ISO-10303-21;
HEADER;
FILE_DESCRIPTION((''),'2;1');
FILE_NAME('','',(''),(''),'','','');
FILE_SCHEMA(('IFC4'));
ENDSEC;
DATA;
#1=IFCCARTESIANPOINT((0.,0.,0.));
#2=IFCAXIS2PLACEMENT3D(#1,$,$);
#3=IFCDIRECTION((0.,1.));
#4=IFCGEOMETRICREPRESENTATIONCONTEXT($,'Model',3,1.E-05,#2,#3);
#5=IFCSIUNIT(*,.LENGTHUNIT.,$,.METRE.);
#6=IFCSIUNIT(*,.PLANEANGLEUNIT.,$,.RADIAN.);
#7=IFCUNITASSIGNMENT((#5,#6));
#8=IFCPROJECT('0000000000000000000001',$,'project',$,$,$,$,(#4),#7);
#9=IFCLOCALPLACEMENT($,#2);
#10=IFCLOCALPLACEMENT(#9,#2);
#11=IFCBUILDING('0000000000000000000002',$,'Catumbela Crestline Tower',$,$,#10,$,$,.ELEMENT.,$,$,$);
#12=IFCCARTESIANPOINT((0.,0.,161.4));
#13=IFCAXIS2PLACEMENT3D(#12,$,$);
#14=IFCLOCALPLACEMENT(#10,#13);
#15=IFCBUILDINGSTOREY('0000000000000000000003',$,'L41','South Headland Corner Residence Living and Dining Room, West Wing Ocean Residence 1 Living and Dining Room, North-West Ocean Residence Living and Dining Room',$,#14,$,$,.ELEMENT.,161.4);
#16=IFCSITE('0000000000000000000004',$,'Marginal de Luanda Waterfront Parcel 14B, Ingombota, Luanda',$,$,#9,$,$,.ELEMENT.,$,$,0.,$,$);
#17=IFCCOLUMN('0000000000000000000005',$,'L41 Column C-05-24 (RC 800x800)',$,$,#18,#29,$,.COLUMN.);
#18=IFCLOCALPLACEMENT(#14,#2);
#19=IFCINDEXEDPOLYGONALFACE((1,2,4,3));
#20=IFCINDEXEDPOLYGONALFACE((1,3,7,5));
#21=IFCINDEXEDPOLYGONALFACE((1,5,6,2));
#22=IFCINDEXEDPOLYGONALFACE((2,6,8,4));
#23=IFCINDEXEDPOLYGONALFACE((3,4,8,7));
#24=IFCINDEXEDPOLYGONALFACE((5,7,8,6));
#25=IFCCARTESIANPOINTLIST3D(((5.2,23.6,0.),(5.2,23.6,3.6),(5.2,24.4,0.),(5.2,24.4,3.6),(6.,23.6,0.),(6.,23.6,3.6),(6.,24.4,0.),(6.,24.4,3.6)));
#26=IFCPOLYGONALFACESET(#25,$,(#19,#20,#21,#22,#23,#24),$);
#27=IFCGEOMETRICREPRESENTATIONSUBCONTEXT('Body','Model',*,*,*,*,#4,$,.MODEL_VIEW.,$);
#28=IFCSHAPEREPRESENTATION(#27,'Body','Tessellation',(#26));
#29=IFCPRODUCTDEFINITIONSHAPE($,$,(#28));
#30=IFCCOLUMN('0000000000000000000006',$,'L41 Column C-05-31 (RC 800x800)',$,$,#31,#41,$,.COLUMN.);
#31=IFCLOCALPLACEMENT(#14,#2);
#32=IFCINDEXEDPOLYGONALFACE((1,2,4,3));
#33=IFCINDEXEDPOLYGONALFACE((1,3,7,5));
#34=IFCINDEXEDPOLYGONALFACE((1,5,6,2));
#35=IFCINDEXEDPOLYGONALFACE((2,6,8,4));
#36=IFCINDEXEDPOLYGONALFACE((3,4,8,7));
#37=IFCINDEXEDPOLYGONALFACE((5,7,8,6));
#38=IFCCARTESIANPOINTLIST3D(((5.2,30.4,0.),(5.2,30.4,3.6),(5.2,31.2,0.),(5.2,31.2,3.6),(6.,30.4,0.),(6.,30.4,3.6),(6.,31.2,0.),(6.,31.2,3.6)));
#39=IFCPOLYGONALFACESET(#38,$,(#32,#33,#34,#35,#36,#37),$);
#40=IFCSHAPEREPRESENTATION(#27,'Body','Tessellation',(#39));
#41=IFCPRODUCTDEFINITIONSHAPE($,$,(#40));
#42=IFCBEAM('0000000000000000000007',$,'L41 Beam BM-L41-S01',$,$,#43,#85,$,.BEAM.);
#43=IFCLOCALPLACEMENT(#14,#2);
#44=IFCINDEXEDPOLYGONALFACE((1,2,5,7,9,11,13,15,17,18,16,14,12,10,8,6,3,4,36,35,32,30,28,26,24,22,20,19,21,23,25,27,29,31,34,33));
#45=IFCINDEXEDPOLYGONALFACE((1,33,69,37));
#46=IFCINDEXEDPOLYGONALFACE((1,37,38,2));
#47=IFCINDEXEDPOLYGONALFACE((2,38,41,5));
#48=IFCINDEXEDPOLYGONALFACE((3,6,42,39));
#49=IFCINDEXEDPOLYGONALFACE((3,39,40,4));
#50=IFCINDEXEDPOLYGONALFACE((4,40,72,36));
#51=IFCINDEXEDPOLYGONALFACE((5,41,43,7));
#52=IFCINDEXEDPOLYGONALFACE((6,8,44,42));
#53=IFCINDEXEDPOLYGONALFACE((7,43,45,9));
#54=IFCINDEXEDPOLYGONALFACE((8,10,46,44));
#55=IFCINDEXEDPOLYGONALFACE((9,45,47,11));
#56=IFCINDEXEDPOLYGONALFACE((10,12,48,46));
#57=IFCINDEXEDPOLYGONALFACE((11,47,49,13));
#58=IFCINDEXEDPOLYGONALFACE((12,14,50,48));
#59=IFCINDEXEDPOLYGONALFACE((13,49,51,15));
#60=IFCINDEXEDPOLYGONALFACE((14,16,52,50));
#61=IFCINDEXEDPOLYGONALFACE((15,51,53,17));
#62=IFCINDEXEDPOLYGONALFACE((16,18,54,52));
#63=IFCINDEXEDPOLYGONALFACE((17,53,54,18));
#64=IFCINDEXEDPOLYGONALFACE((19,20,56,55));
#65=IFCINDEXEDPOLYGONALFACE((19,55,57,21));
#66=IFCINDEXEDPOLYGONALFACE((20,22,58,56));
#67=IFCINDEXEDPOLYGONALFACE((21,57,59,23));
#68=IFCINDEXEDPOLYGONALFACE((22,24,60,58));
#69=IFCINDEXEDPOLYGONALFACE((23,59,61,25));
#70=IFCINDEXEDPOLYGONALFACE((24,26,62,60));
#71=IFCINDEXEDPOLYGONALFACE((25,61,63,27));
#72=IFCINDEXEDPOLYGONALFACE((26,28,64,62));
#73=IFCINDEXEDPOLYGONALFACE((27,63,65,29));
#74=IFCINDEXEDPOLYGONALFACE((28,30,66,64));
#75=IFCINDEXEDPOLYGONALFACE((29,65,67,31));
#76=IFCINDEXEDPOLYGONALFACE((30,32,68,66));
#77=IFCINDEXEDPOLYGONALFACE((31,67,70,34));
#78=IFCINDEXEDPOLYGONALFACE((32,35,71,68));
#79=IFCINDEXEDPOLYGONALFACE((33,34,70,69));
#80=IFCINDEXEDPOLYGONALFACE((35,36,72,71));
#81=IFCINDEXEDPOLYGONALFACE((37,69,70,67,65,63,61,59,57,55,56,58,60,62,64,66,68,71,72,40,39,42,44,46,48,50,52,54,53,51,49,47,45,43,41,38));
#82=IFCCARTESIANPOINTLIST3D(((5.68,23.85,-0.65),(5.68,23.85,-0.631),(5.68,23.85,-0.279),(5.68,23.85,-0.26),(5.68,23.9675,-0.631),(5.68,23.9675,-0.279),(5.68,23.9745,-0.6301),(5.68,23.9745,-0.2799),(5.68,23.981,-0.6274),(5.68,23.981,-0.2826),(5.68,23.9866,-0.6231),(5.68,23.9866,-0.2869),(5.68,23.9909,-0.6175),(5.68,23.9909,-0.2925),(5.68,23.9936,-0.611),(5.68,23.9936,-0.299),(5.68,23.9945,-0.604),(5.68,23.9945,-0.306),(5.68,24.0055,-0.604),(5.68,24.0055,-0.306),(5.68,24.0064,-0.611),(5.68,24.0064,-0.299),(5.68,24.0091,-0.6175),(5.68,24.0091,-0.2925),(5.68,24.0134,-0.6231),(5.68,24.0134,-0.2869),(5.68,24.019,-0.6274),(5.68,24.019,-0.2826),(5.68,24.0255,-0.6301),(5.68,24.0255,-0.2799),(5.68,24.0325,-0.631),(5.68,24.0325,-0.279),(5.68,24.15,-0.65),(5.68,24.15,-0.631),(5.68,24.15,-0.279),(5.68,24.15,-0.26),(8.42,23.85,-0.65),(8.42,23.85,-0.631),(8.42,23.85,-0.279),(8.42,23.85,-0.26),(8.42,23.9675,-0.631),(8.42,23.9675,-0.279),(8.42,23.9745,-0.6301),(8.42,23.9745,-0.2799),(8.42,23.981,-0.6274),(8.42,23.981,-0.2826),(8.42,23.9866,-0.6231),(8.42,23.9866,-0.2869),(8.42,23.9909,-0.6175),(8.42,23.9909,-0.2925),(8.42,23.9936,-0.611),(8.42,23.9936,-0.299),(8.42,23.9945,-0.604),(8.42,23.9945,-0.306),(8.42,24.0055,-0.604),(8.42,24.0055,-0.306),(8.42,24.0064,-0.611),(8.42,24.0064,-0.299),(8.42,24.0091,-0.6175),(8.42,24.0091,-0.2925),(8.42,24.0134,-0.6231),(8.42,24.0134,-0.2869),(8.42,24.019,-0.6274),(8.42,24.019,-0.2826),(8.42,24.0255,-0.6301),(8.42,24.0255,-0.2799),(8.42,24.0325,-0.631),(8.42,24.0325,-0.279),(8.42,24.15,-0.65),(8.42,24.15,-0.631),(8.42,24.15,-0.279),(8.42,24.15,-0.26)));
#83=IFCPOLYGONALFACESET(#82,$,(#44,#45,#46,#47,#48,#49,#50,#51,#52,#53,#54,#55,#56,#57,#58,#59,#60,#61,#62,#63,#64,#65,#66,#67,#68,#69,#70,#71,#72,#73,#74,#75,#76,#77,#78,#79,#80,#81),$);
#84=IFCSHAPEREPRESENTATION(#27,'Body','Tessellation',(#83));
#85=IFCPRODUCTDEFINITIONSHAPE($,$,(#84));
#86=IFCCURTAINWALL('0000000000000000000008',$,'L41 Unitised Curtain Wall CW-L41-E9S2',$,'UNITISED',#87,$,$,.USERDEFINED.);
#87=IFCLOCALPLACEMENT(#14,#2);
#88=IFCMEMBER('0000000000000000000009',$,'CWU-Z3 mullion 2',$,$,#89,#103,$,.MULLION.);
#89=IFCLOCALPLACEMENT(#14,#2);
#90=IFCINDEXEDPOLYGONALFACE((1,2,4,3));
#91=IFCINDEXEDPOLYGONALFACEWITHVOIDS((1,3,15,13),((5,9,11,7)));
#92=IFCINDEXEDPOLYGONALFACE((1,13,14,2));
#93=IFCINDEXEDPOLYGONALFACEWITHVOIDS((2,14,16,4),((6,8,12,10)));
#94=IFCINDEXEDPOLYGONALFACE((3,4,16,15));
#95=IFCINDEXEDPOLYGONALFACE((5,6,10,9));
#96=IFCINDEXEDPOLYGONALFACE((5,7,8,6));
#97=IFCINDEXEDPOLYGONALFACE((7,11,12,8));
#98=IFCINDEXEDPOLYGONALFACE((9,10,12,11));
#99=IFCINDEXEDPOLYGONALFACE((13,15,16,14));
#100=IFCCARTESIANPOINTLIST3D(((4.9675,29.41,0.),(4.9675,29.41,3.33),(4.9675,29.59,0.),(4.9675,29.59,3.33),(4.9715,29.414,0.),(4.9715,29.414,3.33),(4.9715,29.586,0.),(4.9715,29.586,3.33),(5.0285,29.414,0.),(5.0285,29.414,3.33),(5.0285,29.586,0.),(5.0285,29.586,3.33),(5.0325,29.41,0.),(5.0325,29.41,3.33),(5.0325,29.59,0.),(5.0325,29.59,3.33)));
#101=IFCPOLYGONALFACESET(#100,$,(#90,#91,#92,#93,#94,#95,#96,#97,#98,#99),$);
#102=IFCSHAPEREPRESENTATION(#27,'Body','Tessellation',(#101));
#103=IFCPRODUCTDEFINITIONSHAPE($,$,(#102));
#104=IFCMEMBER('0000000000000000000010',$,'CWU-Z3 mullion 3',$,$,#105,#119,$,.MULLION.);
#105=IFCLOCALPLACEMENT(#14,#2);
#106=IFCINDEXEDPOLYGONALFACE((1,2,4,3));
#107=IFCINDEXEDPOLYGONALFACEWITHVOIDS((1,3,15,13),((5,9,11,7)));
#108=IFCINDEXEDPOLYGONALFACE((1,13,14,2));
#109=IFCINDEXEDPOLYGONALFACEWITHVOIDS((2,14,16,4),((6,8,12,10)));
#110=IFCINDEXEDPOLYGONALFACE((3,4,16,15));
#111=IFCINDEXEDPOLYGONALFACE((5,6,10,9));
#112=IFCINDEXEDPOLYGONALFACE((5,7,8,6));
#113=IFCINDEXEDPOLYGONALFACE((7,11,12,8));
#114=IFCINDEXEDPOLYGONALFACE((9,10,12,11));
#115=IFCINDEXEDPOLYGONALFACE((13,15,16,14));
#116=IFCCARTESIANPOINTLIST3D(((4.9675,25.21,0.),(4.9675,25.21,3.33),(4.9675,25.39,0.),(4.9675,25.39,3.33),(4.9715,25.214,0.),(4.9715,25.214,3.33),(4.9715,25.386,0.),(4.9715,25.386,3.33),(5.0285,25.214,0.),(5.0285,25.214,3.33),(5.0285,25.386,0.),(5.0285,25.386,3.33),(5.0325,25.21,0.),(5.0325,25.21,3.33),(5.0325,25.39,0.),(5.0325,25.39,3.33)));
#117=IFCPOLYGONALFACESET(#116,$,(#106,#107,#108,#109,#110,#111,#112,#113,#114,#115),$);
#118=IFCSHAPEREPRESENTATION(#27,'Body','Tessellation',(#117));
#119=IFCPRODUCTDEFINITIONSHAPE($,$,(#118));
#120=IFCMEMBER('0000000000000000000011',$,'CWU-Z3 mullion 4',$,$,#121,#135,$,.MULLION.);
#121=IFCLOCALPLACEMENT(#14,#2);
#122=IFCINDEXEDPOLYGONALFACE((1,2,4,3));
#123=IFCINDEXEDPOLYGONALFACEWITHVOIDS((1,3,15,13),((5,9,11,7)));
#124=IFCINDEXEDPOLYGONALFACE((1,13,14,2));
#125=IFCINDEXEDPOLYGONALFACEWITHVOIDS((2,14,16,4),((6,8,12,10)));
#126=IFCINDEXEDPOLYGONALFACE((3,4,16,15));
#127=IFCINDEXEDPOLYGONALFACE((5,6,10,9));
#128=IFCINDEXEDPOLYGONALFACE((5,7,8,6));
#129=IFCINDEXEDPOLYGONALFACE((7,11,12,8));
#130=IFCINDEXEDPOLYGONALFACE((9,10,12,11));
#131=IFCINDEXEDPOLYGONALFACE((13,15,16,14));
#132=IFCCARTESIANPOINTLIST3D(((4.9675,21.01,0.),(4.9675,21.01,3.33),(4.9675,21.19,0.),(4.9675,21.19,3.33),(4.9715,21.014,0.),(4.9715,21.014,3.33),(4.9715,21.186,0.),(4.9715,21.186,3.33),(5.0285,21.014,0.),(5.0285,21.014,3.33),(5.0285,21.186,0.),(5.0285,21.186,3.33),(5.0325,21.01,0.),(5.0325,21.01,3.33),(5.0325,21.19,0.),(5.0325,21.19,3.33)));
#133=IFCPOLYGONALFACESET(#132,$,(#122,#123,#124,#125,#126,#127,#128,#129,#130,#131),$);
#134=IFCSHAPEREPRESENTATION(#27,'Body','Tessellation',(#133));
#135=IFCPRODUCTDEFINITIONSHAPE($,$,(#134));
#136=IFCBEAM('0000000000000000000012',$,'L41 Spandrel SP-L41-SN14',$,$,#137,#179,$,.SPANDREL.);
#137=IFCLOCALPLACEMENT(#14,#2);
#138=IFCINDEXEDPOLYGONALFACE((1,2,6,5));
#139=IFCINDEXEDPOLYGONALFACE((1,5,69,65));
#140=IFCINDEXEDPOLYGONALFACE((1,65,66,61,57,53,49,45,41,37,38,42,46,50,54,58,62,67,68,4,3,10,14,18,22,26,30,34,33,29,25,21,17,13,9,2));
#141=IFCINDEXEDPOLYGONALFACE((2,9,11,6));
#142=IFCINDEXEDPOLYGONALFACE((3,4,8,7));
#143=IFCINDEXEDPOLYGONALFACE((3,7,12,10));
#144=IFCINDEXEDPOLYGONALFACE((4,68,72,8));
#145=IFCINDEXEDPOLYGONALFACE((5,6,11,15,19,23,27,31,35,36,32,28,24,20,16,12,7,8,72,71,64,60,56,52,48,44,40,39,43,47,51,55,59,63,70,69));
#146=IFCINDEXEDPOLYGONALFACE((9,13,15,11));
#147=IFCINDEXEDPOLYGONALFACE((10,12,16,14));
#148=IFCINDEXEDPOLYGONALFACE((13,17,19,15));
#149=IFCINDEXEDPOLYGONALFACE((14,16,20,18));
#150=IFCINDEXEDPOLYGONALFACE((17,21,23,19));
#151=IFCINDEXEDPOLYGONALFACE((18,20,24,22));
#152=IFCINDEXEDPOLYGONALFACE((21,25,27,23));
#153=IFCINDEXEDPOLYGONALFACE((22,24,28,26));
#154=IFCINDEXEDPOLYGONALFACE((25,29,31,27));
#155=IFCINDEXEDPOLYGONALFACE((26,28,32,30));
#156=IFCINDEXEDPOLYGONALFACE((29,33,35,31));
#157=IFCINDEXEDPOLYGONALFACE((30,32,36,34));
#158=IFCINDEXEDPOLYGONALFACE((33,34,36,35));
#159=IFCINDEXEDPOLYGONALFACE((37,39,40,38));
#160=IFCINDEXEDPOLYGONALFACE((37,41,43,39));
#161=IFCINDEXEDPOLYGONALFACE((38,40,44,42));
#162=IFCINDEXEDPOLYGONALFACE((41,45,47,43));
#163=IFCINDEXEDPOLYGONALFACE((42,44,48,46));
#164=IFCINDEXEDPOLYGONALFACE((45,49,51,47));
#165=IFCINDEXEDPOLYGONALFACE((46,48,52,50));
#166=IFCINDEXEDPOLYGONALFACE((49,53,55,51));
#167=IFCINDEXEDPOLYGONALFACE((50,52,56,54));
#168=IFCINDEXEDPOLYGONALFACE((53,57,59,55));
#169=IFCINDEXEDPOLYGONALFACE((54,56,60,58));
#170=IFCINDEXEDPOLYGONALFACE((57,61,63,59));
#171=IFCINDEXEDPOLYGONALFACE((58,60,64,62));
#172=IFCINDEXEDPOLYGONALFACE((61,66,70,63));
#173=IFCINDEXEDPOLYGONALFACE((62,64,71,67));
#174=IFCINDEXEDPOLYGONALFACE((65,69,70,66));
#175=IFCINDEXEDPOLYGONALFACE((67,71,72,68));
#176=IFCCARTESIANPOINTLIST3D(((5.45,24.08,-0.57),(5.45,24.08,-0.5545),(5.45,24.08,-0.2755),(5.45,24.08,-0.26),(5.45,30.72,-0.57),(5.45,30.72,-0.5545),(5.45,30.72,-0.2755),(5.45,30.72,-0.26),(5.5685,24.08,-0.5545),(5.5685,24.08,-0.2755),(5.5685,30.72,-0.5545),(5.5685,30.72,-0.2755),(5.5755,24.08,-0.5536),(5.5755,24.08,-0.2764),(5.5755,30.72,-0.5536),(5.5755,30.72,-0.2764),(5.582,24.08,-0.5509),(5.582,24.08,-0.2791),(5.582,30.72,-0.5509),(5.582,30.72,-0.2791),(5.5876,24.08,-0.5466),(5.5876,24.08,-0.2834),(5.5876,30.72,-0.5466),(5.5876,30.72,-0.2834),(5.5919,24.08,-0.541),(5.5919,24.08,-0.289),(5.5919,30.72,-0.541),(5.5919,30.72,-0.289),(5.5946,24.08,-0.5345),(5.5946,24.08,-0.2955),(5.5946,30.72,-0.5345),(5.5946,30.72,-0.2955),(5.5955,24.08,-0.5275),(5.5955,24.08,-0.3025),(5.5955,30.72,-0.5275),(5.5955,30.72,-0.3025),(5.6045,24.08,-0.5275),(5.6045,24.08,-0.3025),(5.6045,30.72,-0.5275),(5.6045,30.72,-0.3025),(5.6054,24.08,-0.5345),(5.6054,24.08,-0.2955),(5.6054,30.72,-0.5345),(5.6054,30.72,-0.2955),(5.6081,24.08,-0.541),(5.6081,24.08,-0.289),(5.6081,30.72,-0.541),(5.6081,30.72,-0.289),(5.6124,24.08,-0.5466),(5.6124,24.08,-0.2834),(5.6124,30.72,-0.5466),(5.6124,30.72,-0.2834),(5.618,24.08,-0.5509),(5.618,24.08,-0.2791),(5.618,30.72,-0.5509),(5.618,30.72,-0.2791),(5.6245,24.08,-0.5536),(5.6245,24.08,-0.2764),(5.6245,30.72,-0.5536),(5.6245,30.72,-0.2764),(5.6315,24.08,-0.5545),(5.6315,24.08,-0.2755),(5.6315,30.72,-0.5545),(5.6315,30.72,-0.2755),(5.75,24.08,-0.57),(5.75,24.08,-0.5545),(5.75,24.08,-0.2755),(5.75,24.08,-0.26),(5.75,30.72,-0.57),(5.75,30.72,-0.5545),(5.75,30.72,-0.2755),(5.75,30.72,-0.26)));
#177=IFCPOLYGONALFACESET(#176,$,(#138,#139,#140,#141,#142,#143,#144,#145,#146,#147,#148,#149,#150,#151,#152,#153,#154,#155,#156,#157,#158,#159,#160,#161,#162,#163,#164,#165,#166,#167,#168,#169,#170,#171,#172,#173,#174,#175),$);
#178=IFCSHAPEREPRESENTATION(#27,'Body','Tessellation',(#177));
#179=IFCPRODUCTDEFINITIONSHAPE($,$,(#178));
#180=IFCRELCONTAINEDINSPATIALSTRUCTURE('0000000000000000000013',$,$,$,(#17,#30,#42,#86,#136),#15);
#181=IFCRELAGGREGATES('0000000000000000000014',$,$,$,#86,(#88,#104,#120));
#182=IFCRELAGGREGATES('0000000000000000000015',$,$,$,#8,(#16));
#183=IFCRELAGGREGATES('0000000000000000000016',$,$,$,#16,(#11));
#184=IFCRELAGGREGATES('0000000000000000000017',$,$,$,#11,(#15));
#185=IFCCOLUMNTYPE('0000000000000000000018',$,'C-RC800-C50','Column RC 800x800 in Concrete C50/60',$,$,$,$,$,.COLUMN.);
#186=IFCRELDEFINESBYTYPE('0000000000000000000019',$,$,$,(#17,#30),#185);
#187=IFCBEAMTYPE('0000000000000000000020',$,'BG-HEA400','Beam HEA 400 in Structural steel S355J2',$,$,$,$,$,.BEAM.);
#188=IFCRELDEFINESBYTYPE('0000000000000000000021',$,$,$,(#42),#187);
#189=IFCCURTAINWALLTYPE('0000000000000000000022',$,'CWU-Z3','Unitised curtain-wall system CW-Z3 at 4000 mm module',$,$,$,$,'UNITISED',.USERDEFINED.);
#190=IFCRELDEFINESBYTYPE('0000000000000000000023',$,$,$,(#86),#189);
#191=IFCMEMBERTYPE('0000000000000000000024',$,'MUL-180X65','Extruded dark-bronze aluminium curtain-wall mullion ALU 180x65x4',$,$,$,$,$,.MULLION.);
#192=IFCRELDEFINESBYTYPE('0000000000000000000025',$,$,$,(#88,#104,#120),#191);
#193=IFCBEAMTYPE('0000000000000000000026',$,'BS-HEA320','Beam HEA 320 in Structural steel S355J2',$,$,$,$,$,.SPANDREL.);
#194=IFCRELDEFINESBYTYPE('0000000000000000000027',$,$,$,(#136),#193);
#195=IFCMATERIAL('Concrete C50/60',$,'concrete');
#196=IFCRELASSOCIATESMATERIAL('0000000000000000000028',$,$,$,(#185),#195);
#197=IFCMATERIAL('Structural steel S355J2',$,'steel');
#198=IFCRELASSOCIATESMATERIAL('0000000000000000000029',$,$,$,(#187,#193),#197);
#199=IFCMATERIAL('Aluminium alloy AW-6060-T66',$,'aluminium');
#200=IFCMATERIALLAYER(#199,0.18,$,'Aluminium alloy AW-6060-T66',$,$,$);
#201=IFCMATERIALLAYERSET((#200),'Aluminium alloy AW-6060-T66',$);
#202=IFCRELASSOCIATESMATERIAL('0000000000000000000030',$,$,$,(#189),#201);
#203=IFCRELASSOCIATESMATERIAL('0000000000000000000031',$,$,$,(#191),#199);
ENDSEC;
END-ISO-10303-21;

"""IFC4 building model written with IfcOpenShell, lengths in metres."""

from ifc_helpers import new_model, si_unit, direction, frame, origin, origin_2d, place, context, subcontext, project, spatial, rectangle, hollow_rectangle, i_section, extrude, material, layer, layer_set, material_profile, profile_set, type_object, element, aggregate, save


model = new_model("IFC4")

# Units and contexts
model_context = context("Model", 3, precision=1e-05, world=origin(), true_north=direction((0.0, 1.0)))
body_context = subcontext(model_context, "Body", "Model", "MODEL_VIEW")
ifc_project = project(units=[si_unit("LENGTHUNIT", "METRE"), si_unit("PLANEANGLEUNIT", "RADIAN")], contexts=[model_context])

# Site, building, storey
site_placement = place(None, origin())
site = spatial("IfcSite", under=ifc_project, at=site_placement, Name="Marginal de Luanda Waterfront Parcel 14B, Ingombota, Luanda", CompositionType="ELEMENT", RefElevation=0.0)
building_placement = place(site_placement, origin())
building = spatial("IfcBuilding", under=site, at=building_placement, Name="Catumbela Crestline Tower", CompositionType="ELEMENT")
storey_placement = place(building_placement, frame((0.0, 0.0, 161.4)))
storey = spatial("IfcBuildingStorey", under=building, at=storey_placement, Name="L41", Description="South Headland Corner Residence Living and Dining Room, West Wing Ocean Residence 1 Living and Dining Room, North-West Ocean Residence Living and Dining Room", CompositionType="ELEMENT", Elevation=161.4)

# Columns
ifc_material_1 = material(Name="Concrete C50/60", Category="concrete")
ifc_material_profile_1 = material_profile(ifc_material_1, rectangle(XDim=0.8, YDim=0.8, at=origin_2d()), Name="RC 800x800")
ifc_profile_set_1 = profile_set([ifc_material_profile_1], Name="Concrete C50/60")
column_type = type_object("IfcColumnType", Name="C-RC800-C50", Description="Column RC 800x800 in Concrete C50/60", PredefinedType="COLUMN", material=ifc_profile_set_1)
for number, where, z_axis, x_axis, name in (
    (1, (5.6, 24.0, 0.0), (0.0, 0.0, 1.0), (1.0, 0.0, 0.0), "L41 Column C-05-24 (RC 800x800)"),
    (2, (5.6, 30.8, 0.0), (0.0, 0.0, 1.0), (1.0, 0.0, 0.0), "L41 Column C-05-31 (RC 800x800)"),
):
    element("IfcColumn", number, at=place(storey_placement, frame(where, z_axis=z_axis, x_axis=x_axis)), inside=storey, type_object=column_type, Name=name, PredefinedType="COLUMN", context=body_context, shape_type="SweptSolid", body=[
        extrude(rectangle(XDim=0.8, YDim=0.8, at=origin_2d()), origin(), (0.0, 0.0, 1.0), 3.6),
    ])

# Beam
ifc_material_2 = material(Name="Structural steel S355J2", Category="steel")
ifc_material_profile_2 = material_profile(ifc_material_2, i_section(OverallWidth=0.3, OverallDepth=0.39, WebThickness=0.011, FlangeThickness=0.019, FilletRadius=0.027, at=origin_2d()), Name="HEA 400")
ifc_profile_set_2 = profile_set([ifc_material_profile_2], Name="Structural steel S355J2")
beam_type_1 = type_object("IfcBeamType", Name="BG-HEA400", Description="Beam HEA 400 in Structural steel S355J2", PredefinedType="BEAM", material=ifc_profile_set_2)
beam_1_placement = place(storey_placement, frame((5.68, 24.0, -0.455), z_axis=(1.0, 0.0, 0.0), x_axis=(0.0, 1.0, 0.0)))
element("IfcBeam", 3, at=beam_1_placement, inside=storey, type_object=beam_type_1, Name="L41 Beam BM-L41-S01", PredefinedType="BEAM", context=body_context, shape_type="SweptSolid", body=[
    extrude(i_section(OverallWidth=0.3, OverallDepth=0.39, WebThickness=0.011, FlangeThickness=0.019, FilletRadius=0.027, at=origin_2d()), origin(), (0.0, 0.0, 1.0), 2.74),
])

# Curtain wall, members
ifc_material_3 = material(Name="Aluminium alloy AW-6060-T66", Category="aluminium")
ifc_layer_1 = layer(ifc_material_3, 0.18, Name="Aluminium alloy AW-6060-T66")
ifc_layer_set_1 = layer_set([ifc_layer_1], Name="Aluminium alloy AW-6060-T66")
curtain_wall_type = type_object("IfcCurtainWallType", Name="CWU-Z3", Description="Unitised curtain-wall system CW-Z3 at 4000 mm module", ElementType="UNITISED", PredefinedType="USERDEFINED", material=ifc_layer_set_1)
curtain_wall_placement = place(storey_placement, origin())
curtain_wall = element("IfcCurtainWall", 4, at=curtain_wall_placement, inside=storey, type_object=curtain_wall_type, Name="L41 Unitised Curtain Wall CW-L41-E9S2", ObjectType="UNITISED", PredefinedType="USERDEFINED")
ifc_material_profile_3 = material_profile(ifc_material_3, hollow_rectangle(XDim=0.065, YDim=0.18, WallThickness=0.004, at=origin_2d()), Name="ALU 180x65x4")
ifc_profile_set_3 = profile_set([ifc_material_profile_3], Name="Aluminium alloy AW-6060-T66")
member_type_1 = type_object("IfcMemberType", Name="MUL-180X65", Description="Extruded dark-bronze aluminium curtain-wall mullion ALU 180x65x4", PredefinedType="MULLION", material=ifc_profile_set_3)
member_1_placement = place(storey_placement, frame((5.0, 29.5, 0.0), z_axis=(0.0, 0.0, 1.0), x_axis=(1.0, 0.0, 0.0)))
member_1 = element("IfcMember", 5, at=member_1_placement, type_object=member_type_1, Name="CWU-Z3 mullion 2", PredefinedType="MULLION", context=body_context, shape_type="SweptSolid", body=[
    extrude(hollow_rectangle(XDim=0.065, YDim=0.18, WallThickness=0.004, at=origin_2d()), origin(), (0.0, 0.0, 1.0), 3.33),
])
member_2_placement = place(storey_placement, frame((5.0, 25.3, 0.0), z_axis=(0.0, 0.0, 1.0), x_axis=(1.0, 0.0, 0.0)))
member_2 = element("IfcMember", 6, at=member_2_placement, type_object=member_type_1, Name="CWU-Z3 mullion 3", PredefinedType="MULLION", context=body_context, shape_type="SweptSolid", body=[
    extrude(hollow_rectangle(XDim=0.065, YDim=0.18, WallThickness=0.004, at=origin_2d()), origin(), (0.0, 0.0, 1.0), 3.33),
])
member_3_placement = place(storey_placement, frame((5.0, 21.1, 0.0), z_axis=(0.0, 0.0, 1.0), x_axis=(1.0, 0.0, 0.0)))
member_3 = element("IfcMember", 7, at=member_3_placement, type_object=member_type_1, Name="CWU-Z3 mullion 4", PredefinedType="MULLION", context=body_context, shape_type="SweptSolid", body=[
    extrude(hollow_rectangle(XDim=0.065, YDim=0.18, WallThickness=0.004, at=origin_2d()), origin(), (0.0, 0.0, 1.0), 3.33),
])

# Beam
ifc_material_profile_4 = material_profile(ifc_material_2, i_section(OverallWidth=0.3, OverallDepth=0.31, WebThickness=0.009, FlangeThickness=0.0155, FilletRadius=0.027, at=origin_2d()), Name="HEA 320")
ifc_profile_set_4 = profile_set([ifc_material_profile_4], Name="Structural steel S355J2")
beam_type_2 = type_object("IfcBeamType", Name="BS-HEA320", Description="Beam HEA 320 in Structural steel S355J2", PredefinedType="SPANDREL", material=ifc_profile_set_4)
beam_2_placement = place(storey_placement, frame((5.6, 24.08, -0.415), z_axis=(0.0, 1.0, 0.0), x_axis=(-1.0, 0.0, 0.0)))
element("IfcBeam", 8, at=beam_2_placement, inside=storey, type_object=beam_type_2, Name="L41 Spandrel SP-L41-SN14", PredefinedType="SPANDREL", context=body_context, shape_type="SweptSolid", body=[
    extrude(i_section(OverallWidth=0.3, OverallDepth=0.31, WebThickness=0.009, FlangeThickness=0.0155, FilletRadius=0.027, at=origin_2d()), origin(), (0.0, 0.0, 1.0), 6.64),
])

aggregate(curtain_wall, [member_1, member_2, member_3])

save(model, "model.ifc")
